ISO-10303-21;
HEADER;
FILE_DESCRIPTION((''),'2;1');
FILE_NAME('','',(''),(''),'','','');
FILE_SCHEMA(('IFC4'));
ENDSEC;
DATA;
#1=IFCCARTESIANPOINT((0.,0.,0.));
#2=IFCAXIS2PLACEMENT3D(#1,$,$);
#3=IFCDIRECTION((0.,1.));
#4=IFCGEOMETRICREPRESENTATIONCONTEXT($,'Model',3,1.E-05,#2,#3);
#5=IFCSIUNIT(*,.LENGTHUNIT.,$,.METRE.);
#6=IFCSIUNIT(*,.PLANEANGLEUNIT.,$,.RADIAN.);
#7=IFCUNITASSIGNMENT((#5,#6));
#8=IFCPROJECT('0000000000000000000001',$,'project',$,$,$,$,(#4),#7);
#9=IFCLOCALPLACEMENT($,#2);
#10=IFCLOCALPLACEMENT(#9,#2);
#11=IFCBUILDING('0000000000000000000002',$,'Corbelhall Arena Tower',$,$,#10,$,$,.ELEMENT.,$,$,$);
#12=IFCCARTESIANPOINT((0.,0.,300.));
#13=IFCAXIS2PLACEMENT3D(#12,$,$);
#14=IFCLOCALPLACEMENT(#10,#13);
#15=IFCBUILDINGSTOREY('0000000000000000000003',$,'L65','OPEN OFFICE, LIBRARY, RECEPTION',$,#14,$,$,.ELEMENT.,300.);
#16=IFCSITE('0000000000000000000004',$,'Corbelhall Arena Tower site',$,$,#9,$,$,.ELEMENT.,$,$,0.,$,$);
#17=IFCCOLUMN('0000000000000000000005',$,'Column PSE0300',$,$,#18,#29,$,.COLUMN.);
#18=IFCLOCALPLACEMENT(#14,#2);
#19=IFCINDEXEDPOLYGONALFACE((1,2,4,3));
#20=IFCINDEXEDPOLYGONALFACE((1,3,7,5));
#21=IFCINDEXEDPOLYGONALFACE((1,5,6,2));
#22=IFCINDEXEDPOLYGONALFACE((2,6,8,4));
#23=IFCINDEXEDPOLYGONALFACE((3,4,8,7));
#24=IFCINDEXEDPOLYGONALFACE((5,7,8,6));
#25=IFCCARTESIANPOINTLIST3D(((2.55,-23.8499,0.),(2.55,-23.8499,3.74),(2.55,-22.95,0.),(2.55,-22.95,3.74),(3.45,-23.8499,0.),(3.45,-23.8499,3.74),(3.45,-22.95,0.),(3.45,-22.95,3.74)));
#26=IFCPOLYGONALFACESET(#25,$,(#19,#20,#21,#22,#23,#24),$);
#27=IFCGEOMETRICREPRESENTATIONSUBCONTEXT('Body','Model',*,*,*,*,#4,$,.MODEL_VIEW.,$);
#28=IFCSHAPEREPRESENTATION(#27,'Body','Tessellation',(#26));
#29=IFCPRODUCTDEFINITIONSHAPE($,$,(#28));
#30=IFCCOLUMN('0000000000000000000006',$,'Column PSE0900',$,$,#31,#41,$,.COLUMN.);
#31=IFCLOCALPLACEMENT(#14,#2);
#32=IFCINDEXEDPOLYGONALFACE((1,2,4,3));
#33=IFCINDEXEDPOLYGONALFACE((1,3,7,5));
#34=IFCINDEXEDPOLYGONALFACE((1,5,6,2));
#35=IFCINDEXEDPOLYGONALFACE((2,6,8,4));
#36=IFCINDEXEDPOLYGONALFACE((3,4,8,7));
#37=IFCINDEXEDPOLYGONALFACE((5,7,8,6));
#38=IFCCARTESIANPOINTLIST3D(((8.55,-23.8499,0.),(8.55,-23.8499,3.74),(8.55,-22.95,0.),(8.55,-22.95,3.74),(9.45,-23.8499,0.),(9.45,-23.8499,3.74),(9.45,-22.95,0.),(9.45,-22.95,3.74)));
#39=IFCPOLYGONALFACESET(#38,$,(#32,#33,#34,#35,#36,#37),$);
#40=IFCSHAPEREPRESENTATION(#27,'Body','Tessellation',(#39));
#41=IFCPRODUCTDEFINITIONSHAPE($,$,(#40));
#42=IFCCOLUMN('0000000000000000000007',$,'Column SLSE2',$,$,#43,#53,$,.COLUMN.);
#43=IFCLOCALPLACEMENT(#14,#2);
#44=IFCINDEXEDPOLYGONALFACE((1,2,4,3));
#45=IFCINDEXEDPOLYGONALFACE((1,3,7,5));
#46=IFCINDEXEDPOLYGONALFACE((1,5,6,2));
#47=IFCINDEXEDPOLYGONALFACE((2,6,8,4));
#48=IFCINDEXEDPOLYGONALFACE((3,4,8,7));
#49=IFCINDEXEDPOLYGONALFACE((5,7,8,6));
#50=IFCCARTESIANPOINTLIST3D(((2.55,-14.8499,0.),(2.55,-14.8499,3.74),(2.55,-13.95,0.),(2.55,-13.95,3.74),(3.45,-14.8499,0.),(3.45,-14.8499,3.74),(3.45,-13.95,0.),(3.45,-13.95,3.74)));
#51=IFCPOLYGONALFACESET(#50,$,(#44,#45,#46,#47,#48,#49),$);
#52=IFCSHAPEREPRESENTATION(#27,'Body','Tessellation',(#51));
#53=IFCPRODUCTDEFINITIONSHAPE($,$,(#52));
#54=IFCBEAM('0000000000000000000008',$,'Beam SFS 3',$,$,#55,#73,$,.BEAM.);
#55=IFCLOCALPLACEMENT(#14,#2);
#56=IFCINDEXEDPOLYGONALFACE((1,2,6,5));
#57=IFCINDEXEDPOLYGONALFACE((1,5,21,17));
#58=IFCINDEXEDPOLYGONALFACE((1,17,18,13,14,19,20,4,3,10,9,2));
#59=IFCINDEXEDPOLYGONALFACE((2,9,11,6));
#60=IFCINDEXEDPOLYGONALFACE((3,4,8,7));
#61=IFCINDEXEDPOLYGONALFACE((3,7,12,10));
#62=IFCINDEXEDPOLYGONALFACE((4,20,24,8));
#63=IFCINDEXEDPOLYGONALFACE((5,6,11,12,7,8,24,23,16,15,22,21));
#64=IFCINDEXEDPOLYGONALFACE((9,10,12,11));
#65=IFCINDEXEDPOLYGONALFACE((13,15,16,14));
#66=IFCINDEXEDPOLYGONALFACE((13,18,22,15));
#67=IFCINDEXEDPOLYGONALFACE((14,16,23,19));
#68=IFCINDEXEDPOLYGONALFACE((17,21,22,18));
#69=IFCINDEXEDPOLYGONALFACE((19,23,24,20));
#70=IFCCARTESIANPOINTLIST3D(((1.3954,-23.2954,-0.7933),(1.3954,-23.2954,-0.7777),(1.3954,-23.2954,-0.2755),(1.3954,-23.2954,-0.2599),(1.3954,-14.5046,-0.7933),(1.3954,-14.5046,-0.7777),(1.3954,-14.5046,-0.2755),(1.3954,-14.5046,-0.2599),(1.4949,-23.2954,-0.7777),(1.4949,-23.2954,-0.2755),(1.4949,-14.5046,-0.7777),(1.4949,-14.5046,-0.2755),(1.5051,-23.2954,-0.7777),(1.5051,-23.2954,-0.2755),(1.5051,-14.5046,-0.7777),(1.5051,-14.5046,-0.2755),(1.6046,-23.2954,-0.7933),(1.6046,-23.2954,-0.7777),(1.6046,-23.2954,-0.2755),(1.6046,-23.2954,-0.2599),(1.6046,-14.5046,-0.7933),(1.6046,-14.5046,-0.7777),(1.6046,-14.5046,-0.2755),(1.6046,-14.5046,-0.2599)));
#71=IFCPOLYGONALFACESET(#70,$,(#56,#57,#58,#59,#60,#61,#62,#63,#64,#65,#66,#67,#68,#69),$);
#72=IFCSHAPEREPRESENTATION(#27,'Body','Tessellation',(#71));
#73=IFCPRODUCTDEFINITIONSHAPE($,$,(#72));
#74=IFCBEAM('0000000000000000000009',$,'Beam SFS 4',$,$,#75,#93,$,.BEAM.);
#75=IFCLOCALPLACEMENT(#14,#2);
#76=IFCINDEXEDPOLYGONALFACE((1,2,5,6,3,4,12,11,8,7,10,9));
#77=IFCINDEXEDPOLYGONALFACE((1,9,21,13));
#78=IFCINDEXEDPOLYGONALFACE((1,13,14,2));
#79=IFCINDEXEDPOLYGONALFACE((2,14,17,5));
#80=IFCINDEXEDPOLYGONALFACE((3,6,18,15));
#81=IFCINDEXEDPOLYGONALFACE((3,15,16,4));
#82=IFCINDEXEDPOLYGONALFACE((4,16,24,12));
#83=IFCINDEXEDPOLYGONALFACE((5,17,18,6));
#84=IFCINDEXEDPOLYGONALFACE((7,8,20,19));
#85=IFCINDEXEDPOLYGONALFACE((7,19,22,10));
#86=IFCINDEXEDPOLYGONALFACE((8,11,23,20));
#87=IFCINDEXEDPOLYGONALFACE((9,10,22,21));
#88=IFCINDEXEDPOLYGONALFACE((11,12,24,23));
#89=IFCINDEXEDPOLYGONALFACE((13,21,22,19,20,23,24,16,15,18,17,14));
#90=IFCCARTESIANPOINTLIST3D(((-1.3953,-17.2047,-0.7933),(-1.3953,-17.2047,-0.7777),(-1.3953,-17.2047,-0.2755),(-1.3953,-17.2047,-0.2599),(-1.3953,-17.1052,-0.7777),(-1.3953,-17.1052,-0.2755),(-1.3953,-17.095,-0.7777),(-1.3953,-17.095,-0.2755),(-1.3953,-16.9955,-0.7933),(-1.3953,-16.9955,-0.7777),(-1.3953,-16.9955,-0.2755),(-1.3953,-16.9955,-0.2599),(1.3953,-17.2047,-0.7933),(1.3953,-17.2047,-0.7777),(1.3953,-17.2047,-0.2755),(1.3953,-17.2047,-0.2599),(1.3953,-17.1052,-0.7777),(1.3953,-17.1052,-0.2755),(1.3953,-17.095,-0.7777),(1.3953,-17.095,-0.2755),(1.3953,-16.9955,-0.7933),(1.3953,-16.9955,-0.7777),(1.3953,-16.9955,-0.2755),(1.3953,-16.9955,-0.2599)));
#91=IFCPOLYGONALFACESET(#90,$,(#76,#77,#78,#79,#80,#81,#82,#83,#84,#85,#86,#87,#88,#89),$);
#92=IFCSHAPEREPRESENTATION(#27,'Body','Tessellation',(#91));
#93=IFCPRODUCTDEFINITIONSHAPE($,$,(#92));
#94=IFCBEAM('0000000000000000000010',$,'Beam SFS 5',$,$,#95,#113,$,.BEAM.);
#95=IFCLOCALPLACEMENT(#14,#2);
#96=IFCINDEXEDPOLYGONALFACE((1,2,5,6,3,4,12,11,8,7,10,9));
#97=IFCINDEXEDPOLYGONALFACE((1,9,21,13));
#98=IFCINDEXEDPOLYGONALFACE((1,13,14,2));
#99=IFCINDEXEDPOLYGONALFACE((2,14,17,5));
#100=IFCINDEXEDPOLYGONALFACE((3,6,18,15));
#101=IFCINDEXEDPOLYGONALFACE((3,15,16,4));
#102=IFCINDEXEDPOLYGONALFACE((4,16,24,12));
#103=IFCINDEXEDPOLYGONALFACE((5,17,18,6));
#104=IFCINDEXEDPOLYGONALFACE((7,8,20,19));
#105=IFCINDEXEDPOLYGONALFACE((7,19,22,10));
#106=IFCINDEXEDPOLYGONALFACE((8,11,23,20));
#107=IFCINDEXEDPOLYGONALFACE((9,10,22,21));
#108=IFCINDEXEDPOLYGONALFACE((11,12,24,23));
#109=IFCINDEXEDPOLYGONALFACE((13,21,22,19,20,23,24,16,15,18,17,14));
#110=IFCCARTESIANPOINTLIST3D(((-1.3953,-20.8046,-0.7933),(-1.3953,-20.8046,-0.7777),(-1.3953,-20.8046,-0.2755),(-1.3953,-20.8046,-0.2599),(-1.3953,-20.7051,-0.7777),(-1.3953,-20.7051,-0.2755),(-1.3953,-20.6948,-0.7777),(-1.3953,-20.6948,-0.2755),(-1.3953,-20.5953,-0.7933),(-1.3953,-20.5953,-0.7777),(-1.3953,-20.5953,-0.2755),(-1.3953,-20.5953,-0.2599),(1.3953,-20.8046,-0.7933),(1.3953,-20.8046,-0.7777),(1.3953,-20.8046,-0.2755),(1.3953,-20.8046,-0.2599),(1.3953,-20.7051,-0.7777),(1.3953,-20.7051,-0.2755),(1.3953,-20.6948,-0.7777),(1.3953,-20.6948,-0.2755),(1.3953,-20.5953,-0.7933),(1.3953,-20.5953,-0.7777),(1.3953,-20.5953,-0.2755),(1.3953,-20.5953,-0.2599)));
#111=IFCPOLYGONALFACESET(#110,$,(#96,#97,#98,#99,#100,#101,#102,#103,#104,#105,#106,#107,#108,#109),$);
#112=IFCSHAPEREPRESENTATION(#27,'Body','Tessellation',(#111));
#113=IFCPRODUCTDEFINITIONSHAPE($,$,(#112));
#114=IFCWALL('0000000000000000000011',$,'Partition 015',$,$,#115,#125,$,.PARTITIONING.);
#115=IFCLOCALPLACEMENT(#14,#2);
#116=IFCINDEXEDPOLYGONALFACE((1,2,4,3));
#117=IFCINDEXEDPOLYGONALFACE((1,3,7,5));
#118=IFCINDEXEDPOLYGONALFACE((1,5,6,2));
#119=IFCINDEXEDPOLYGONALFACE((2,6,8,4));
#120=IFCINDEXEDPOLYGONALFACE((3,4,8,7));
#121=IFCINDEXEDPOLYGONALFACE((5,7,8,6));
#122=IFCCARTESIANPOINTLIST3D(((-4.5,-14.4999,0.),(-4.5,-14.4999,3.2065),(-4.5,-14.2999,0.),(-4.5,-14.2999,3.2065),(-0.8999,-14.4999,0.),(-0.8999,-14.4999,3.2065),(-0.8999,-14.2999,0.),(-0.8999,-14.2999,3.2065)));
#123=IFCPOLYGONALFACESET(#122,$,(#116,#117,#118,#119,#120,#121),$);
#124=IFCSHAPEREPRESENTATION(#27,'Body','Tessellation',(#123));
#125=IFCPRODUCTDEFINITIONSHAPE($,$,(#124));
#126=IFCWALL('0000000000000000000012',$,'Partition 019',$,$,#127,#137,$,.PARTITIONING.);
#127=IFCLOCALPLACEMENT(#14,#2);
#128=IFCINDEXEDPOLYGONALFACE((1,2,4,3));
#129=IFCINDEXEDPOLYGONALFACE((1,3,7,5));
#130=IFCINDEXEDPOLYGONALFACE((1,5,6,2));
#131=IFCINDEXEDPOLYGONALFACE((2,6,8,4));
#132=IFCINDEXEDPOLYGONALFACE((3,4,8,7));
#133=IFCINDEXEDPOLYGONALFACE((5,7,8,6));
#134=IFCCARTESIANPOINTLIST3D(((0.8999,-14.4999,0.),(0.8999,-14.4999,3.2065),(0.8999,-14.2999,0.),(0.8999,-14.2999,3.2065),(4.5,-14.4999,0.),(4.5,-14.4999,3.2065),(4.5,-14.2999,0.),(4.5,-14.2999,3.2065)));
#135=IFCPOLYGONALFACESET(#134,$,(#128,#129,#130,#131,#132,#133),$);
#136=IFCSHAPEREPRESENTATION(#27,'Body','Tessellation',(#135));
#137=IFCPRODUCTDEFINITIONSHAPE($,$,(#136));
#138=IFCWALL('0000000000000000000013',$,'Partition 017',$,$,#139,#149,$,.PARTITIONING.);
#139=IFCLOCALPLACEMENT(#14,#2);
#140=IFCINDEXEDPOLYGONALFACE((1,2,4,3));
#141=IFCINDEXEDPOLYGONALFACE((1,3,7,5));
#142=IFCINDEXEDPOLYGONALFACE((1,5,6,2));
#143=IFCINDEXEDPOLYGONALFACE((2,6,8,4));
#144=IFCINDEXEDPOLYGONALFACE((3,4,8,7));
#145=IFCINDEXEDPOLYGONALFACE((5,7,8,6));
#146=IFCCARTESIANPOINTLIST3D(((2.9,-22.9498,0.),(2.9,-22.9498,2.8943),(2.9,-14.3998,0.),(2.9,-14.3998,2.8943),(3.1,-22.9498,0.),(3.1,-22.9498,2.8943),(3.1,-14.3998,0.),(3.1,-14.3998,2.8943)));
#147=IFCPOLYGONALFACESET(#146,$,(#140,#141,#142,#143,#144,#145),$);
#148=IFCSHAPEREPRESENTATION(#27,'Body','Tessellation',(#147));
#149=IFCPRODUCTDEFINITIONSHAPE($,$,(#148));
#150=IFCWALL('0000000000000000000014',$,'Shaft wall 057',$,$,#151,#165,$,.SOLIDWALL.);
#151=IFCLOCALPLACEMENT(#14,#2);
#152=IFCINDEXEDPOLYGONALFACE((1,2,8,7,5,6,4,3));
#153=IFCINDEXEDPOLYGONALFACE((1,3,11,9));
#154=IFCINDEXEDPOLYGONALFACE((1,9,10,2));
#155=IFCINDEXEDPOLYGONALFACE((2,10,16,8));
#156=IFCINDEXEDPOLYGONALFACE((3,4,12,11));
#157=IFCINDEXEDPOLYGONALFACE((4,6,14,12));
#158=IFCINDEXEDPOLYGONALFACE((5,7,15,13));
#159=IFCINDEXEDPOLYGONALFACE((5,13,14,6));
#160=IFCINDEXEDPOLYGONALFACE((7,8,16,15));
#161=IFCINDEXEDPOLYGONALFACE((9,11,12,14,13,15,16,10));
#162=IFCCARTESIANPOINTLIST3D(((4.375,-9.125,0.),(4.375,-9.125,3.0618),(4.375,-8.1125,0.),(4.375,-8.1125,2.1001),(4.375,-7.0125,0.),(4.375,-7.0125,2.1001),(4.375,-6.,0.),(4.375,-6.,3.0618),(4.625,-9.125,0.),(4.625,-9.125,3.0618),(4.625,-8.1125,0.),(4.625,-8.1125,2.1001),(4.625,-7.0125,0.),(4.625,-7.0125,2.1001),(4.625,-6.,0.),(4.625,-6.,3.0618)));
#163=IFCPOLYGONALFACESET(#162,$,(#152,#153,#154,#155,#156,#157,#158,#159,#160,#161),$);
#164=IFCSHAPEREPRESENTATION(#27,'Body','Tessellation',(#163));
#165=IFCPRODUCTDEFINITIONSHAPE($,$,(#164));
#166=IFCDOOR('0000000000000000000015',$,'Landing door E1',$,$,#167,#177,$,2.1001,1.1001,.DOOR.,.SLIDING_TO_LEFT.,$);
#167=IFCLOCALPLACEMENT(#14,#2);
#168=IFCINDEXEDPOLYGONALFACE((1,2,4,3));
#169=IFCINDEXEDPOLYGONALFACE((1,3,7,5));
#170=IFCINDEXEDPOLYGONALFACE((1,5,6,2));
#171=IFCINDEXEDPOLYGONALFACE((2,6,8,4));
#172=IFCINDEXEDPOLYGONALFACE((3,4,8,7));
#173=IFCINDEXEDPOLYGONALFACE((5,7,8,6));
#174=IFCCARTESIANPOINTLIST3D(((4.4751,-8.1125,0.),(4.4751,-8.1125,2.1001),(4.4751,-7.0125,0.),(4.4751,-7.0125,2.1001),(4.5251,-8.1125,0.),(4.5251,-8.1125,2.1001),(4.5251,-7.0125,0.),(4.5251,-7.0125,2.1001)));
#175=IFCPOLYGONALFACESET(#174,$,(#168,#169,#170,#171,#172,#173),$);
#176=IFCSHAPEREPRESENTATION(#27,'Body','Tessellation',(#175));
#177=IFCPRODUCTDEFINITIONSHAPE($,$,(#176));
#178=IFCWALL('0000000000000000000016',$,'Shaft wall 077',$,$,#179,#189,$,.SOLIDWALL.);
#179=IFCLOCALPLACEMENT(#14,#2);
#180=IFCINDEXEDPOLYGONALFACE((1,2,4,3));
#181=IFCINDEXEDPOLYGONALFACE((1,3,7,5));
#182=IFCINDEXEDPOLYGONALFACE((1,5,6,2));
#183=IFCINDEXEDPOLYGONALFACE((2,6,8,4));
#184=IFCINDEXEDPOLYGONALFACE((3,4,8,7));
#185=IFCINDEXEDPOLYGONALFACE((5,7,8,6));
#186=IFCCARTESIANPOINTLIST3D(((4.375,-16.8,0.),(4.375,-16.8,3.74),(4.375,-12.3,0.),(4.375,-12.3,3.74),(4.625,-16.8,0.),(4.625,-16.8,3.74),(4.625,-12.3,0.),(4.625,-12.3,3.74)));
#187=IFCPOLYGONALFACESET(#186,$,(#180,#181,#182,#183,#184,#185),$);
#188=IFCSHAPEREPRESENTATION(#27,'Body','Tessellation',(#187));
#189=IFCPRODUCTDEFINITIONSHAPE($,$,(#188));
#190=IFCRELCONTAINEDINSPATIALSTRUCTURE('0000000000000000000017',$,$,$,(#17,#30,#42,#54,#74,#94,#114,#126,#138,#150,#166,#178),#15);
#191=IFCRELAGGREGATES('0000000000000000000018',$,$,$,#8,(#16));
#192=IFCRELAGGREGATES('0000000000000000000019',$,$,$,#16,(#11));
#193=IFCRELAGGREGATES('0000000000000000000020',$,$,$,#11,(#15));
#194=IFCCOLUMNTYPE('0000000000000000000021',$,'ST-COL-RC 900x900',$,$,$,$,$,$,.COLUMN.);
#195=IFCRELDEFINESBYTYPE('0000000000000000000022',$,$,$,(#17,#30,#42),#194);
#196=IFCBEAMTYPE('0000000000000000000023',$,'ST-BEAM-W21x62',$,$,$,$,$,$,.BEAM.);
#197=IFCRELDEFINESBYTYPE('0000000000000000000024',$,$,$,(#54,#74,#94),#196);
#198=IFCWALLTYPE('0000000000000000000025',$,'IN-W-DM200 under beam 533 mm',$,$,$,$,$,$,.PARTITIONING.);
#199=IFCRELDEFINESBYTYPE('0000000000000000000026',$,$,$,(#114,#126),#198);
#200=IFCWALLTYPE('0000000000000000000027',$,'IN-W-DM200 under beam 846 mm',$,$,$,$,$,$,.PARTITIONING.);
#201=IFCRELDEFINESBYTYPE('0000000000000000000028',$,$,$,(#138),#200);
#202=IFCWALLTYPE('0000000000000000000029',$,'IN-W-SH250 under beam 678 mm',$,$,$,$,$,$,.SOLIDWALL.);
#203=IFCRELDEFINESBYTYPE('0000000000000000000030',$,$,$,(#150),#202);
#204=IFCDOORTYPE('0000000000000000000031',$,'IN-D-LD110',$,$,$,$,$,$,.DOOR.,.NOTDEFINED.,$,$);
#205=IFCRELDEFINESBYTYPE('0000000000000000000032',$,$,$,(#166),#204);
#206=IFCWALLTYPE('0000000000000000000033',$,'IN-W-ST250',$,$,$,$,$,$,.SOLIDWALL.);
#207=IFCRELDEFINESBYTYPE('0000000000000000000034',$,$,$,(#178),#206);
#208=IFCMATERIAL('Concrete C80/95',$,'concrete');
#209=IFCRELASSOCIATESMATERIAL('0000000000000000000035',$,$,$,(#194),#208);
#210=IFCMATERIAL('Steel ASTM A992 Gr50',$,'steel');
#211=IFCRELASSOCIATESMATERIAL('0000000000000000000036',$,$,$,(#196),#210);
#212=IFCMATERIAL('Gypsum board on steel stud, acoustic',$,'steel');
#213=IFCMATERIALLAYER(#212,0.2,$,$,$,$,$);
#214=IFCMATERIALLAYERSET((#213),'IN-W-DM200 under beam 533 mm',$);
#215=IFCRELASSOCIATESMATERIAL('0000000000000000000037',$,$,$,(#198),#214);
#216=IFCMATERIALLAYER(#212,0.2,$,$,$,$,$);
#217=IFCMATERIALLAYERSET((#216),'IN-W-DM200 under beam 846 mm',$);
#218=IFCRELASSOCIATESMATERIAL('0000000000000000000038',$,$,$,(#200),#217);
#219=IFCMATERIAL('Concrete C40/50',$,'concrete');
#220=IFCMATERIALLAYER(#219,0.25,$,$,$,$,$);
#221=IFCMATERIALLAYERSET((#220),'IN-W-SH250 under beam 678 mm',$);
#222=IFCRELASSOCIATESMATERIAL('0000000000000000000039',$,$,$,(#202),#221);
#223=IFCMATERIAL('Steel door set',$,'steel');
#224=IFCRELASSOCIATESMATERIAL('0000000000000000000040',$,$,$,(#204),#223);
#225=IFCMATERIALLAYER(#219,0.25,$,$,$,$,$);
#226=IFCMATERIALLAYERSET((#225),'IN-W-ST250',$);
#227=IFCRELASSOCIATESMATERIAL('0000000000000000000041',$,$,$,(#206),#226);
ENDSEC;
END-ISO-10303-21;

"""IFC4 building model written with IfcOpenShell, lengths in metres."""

from ifc_helpers import new_model, si_unit, direction, frame, frame_2d, origin, origin_2d, place, context, subcontext, project, spatial, rectangle, i_section, extrude, material, layer, layer_set, material_profile, profile_set, type_object, element, fill, save


model = new_model("IFC4")

# Units and contexts
model_context = context("Model", 3, precision=1e-05, world=origin(), true_north=direction((0.0, 1.0)))
body_context = subcontext(model_context, "Body", "Model", "MODEL_VIEW")
ifc_project = project(units=[si_unit("LENGTHUNIT", "METRE"), si_unit("PLANEANGLEUNIT", "RADIAN")], contexts=[model_context])

# Site, building, storey
site_placement = place(None, origin())
site = spatial("IfcSite", under=ifc_project, at=site_placement, Name="Corbelhall Arena Tower site", CompositionType="ELEMENT", RefElevation=0.0)
building_placement = place(site_placement, origin())
building = spatial("IfcBuilding", under=site, at=building_placement, Name="Corbelhall Arena Tower", CompositionType="ELEMENT")
storey_placement = place(building_placement, frame((0.0, 0.0, 300.0)))
storey = spatial("IfcBuildingStorey", under=building, at=storey_placement, Name="L65", Description="OPEN OFFICE, LIBRARY, RECEPTION", CompositionType="ELEMENT", Elevation=300.0)

# Columns
ifc_material_1 = material(Name="Concrete C80/95", Category="concrete")
ifc_material_profile_1 = material_profile(ifc_material_1, rectangle(XDim=0.8999, YDim=0.8999, at=origin_2d()))
ifc_profile_set_1 = profile_set([ifc_material_profile_1], Name="Concrete C80/95")
column_type = type_object("IfcColumnType", Name="ST-COL-RC 900x900", PredefinedType="COLUMN", material=ifc_profile_set_1)
for number, where, z_axis, x_axis, name in (
    (1, (3.0, -23.3999, 0.0), (0.0, 0.0, 1.0), (1.0, 0.0, 0.0), "Column PSE0300"),
    (2, (9.0, -23.3999, 0.0), (0.0, 0.0, 1.0), (1.0, 0.0, 0.0), "Column PSE0900"),
    (3, (3.0, -14.3999, 0.0), (0.0, 0.0, 1.0), (1.0, 0.0, 0.0), "Column SLSE2"),
):
    element("IfcColumn", number, at=place(storey_placement, frame(where, z_axis=z_axis, x_axis=x_axis)), inside=storey, type_object=column_type, Name=name, PredefinedType="COLUMN", context=body_context, shape_type="SweptSolid", body=[
        extrude(rectangle(XDim=0.8999, YDim=0.8999, at=origin_2d()), origin(), (0.0, 0.0, 1.0), 3.74),
    ])

# Beams
ifc_material_2 = material(Name="Steel ASTM A992 Gr50", Category="steel")
ifc_material_profile_2 = material_profile(ifc_material_2, i_section(OverallWidth=0.2092, OverallDepth=0.5334, WebThickness=0.0103, FlangeThickness=0.0156, at=origin_2d()))
ifc_profile_set_2 = profile_set([ifc_material_profile_2], Name="Steel ASTM A992 Gr50")
beam_type = type_object("IfcBeamType", Name="ST-BEAM-W21x62", PredefinedType="BEAM", material=ifc_profile_set_2)
beam_placement = place(storey_placement, frame((1.5, -14.5046, -0.5266), z_axis=(0.0, -1.0, 0.0), x_axis=(1.0, 0.0, 0.0)))
element("IfcBeam", 4, at=beam_placement, inside=storey, type_object=beam_type, Name="Beam SFS 3", PredefinedType="BEAM", context=body_context, shape_type="SweptSolid", body=[
    extrude(i_section(OverallWidth=0.2092, OverallDepth=0.5334, WebThickness=0.0103, FlangeThickness=0.0156, at=origin_2d()), origin(), (0.0, 0.0, 1.0), 8.7908),
])
for number, where, z_axis, x_axis, name in (
    (5, (-1.3953, -17.1001, -0.5266), (1.0, 0.0, 0.0), (0.0, 1.0, 0.0), "Beam SFS 4"),
    (6, (-1.3953, -20.7, -0.5266), (1.0, 0.0, 0.0), (0.0, 1.0, 0.0), "Beam SFS 5"),
):
    element("IfcBeam", number, at=place(storey_placement, frame(where, z_axis=z_axis, x_axis=x_axis)), inside=storey, type_object=beam_type, Name=name, PredefinedType="BEAM", context=body_context, shape_type="SweptSolid", body=[
        extrude(i_section(OverallWidth=0.2092, OverallDepth=0.5334, WebThickness=0.0103, FlangeThickness=0.0156, at=origin_2d()), origin(), (0.0, 0.0, 1.0), 2.7905),
    ])

# Walls
ifc_material_3 = material(Name="Gypsum board on steel stud, acoustic", Category="steel")
ifc_layer_1 = layer(ifc_material_3, 0.2)
ifc_layer_set_1 = layer_set([ifc_layer_1], Name="IN-W-DM200 under beam 533 mm")
wall_type_1 = type_object("IfcWallType", Name="IN-W-DM200 under beam 533 mm", PredefinedType="PARTITIONING", material=ifc_layer_set_1)
for number, where, z_axis, x_axis, name in (
    (7, (-0.8999, -14.3999, 0.0), (0.0, 0.0, 1.0), (-1.0, 0.0, 0.0), "Partition 015"),
    (8, (4.5, -14.3999, 0.0), (0.0, 0.0, 1.0), (-1.0, 0.0, 0.0), "Partition 019"),
):
    element("IfcWall", number, at=place(storey_placement, frame(where, z_axis=z_axis, x_axis=x_axis)), inside=storey, type_object=wall_type_1, Name=name, PredefinedType="PARTITIONING", context=body_context, shape_type="SweptSolid", body=[
        extrude(rectangle(XDim=3.6001, YDim=0.2, at=frame_2d((1.8, 0.0))), origin(), (0.0, 0.0, 1.0), 3.2065),
    ])
ifc_layer_2 = layer(ifc_material_3, 0.2)
ifc_layer_set_2 = layer_set([ifc_layer_2], Name="IN-W-DM200 under beam 846 mm")
wall_type_2 = type_object("IfcWallType", Name="IN-W-DM200 under beam 846 mm", PredefinedType="PARTITIONING", material=ifc_layer_set_2)
wall_1_placement = place(storey_placement, frame((3.0, -14.3999, 0.0), z_axis=(0.0, 0.0, 1.0), x_axis=(0.0, -1.0, 0.0)))
element("IfcWall", 9, at=wall_1_placement, inside=storey, type_object=wall_type_2, Name="Partition 017", PredefinedType="PARTITIONING", context=body_context, shape_type="SweptSolid", body=[
    extrude(rectangle(XDim=8.55, YDim=0.2, at=frame_2d((4.2749, 0.0))), origin(), (0.0, 0.0, 1.0), 2.8943),
])

# Wall, opening, door
ifc_material_4 = material(Name="Concrete C40/50", Category="concrete")
ifc_layer_3 = layer(ifc_material_4, 0.25)
ifc_layer_set_3 = layer_set([ifc_layer_3], Name="IN-W-SH250 under beam 678 mm")
wall_type_3 = type_object("IfcWallType", Name="IN-W-SH250 under beam 678 mm", PredefinedType="SOLIDWALL", material=ifc_layer_set_3)
wall_2_placement = place(storey_placement, frame((4.5, -9.125, 0.0), z_axis=(0.0, 0.0, 1.0), x_axis=(0.0, 1.0, 0.0)))
wall_2 = element("IfcWall", 10, at=wall_2_placement, inside=storey, type_object=wall_type_3, Name="Shaft wall 057", PredefinedType="SOLIDWALL", context=body_context, shape_type="SweptSolid", body=[
    extrude(rectangle(XDim=3.125, YDim=0.25, at=frame_2d((1.5625, 0.0))), origin(), (0.0, 0.0, 1.0), 3.0618),
])
opening_1_placement = place(wall_2_placement, frame((1.0125, 0.0, 0.0)))
opening_1 = element("IfcOpeningElement", 11, at=opening_1_placement, cuts=wall_2, PredefinedType="OPENING", context=body_context, shape_type="SweptSolid", body=[
    extrude(rectangle(XDim=1.1001, YDim=2.1001, at=frame_2d((0.55, 1.05))), frame((0.0, 0.125, 0.0), z_axis=(0.0, -1.0, 0.0), x_axis=(1.0, 0.0, 0.0)), (0.0, 0.0, 1.0), 0.25),
])
ifc_material_5 = material(Name="Steel door set", Category="steel")
door_type_1 = type_object("IfcDoorType", Name="IN-D-LD110", OperationType="NOTDEFINED", PredefinedType="DOOR", material=ifc_material_5)
door_1_placement = place(opening_1_placement, origin())
door_1 = element("IfcDoor", 12, at=door_1_placement, inside=storey, type_object=door_type_1, Name="Landing door E1", OperationType="SLIDING_TO_LEFT", OverallHeight=2.1001, OverallWidth=1.1001, PredefinedType="DOOR", context=body_context, shape_type="SweptSolid", body=[
    extrude(rectangle(XDim=1.1001, YDim=2.1001, at=frame_2d((0.55, 1.05))), frame((0.0, 0.0249, 0.0), z_axis=(0.0, -1.0, 0.0), x_axis=(1.0, 0.0, 0.0)), (0.0, 0.0, 1.0), 0.05),
])
fill(opening_1, door_1)

# Wall
ifc_layer_4 = layer(ifc_material_4, 0.25)
ifc_layer_set_4 = layer_set([ifc_layer_4], Name="IN-W-ST250")
wall_type_4 = type_object("IfcWallType", Name="IN-W-ST250", PredefinedType="SOLIDWALL", material=ifc_layer_set_4)
wall_3_placement = place(storey_placement, frame((4.5, -16.8, 0.0), z_axis=(0.0, 0.0, 1.0), x_axis=(0.0, 1.0, 0.0)))
element("IfcWall", 13, at=wall_3_placement, inside=storey, type_object=wall_type_4, Name="Shaft wall 077", PredefinedType="SOLIDWALL", context=body_context, shape_type="SweptSolid", body=[
    extrude(rectangle(XDim=4.5, YDim=0.25, at=frame_2d((2.25, 0.0))), origin(), (0.0, 0.0, 1.0), 3.74),
])

save(model, "model.ifc")
